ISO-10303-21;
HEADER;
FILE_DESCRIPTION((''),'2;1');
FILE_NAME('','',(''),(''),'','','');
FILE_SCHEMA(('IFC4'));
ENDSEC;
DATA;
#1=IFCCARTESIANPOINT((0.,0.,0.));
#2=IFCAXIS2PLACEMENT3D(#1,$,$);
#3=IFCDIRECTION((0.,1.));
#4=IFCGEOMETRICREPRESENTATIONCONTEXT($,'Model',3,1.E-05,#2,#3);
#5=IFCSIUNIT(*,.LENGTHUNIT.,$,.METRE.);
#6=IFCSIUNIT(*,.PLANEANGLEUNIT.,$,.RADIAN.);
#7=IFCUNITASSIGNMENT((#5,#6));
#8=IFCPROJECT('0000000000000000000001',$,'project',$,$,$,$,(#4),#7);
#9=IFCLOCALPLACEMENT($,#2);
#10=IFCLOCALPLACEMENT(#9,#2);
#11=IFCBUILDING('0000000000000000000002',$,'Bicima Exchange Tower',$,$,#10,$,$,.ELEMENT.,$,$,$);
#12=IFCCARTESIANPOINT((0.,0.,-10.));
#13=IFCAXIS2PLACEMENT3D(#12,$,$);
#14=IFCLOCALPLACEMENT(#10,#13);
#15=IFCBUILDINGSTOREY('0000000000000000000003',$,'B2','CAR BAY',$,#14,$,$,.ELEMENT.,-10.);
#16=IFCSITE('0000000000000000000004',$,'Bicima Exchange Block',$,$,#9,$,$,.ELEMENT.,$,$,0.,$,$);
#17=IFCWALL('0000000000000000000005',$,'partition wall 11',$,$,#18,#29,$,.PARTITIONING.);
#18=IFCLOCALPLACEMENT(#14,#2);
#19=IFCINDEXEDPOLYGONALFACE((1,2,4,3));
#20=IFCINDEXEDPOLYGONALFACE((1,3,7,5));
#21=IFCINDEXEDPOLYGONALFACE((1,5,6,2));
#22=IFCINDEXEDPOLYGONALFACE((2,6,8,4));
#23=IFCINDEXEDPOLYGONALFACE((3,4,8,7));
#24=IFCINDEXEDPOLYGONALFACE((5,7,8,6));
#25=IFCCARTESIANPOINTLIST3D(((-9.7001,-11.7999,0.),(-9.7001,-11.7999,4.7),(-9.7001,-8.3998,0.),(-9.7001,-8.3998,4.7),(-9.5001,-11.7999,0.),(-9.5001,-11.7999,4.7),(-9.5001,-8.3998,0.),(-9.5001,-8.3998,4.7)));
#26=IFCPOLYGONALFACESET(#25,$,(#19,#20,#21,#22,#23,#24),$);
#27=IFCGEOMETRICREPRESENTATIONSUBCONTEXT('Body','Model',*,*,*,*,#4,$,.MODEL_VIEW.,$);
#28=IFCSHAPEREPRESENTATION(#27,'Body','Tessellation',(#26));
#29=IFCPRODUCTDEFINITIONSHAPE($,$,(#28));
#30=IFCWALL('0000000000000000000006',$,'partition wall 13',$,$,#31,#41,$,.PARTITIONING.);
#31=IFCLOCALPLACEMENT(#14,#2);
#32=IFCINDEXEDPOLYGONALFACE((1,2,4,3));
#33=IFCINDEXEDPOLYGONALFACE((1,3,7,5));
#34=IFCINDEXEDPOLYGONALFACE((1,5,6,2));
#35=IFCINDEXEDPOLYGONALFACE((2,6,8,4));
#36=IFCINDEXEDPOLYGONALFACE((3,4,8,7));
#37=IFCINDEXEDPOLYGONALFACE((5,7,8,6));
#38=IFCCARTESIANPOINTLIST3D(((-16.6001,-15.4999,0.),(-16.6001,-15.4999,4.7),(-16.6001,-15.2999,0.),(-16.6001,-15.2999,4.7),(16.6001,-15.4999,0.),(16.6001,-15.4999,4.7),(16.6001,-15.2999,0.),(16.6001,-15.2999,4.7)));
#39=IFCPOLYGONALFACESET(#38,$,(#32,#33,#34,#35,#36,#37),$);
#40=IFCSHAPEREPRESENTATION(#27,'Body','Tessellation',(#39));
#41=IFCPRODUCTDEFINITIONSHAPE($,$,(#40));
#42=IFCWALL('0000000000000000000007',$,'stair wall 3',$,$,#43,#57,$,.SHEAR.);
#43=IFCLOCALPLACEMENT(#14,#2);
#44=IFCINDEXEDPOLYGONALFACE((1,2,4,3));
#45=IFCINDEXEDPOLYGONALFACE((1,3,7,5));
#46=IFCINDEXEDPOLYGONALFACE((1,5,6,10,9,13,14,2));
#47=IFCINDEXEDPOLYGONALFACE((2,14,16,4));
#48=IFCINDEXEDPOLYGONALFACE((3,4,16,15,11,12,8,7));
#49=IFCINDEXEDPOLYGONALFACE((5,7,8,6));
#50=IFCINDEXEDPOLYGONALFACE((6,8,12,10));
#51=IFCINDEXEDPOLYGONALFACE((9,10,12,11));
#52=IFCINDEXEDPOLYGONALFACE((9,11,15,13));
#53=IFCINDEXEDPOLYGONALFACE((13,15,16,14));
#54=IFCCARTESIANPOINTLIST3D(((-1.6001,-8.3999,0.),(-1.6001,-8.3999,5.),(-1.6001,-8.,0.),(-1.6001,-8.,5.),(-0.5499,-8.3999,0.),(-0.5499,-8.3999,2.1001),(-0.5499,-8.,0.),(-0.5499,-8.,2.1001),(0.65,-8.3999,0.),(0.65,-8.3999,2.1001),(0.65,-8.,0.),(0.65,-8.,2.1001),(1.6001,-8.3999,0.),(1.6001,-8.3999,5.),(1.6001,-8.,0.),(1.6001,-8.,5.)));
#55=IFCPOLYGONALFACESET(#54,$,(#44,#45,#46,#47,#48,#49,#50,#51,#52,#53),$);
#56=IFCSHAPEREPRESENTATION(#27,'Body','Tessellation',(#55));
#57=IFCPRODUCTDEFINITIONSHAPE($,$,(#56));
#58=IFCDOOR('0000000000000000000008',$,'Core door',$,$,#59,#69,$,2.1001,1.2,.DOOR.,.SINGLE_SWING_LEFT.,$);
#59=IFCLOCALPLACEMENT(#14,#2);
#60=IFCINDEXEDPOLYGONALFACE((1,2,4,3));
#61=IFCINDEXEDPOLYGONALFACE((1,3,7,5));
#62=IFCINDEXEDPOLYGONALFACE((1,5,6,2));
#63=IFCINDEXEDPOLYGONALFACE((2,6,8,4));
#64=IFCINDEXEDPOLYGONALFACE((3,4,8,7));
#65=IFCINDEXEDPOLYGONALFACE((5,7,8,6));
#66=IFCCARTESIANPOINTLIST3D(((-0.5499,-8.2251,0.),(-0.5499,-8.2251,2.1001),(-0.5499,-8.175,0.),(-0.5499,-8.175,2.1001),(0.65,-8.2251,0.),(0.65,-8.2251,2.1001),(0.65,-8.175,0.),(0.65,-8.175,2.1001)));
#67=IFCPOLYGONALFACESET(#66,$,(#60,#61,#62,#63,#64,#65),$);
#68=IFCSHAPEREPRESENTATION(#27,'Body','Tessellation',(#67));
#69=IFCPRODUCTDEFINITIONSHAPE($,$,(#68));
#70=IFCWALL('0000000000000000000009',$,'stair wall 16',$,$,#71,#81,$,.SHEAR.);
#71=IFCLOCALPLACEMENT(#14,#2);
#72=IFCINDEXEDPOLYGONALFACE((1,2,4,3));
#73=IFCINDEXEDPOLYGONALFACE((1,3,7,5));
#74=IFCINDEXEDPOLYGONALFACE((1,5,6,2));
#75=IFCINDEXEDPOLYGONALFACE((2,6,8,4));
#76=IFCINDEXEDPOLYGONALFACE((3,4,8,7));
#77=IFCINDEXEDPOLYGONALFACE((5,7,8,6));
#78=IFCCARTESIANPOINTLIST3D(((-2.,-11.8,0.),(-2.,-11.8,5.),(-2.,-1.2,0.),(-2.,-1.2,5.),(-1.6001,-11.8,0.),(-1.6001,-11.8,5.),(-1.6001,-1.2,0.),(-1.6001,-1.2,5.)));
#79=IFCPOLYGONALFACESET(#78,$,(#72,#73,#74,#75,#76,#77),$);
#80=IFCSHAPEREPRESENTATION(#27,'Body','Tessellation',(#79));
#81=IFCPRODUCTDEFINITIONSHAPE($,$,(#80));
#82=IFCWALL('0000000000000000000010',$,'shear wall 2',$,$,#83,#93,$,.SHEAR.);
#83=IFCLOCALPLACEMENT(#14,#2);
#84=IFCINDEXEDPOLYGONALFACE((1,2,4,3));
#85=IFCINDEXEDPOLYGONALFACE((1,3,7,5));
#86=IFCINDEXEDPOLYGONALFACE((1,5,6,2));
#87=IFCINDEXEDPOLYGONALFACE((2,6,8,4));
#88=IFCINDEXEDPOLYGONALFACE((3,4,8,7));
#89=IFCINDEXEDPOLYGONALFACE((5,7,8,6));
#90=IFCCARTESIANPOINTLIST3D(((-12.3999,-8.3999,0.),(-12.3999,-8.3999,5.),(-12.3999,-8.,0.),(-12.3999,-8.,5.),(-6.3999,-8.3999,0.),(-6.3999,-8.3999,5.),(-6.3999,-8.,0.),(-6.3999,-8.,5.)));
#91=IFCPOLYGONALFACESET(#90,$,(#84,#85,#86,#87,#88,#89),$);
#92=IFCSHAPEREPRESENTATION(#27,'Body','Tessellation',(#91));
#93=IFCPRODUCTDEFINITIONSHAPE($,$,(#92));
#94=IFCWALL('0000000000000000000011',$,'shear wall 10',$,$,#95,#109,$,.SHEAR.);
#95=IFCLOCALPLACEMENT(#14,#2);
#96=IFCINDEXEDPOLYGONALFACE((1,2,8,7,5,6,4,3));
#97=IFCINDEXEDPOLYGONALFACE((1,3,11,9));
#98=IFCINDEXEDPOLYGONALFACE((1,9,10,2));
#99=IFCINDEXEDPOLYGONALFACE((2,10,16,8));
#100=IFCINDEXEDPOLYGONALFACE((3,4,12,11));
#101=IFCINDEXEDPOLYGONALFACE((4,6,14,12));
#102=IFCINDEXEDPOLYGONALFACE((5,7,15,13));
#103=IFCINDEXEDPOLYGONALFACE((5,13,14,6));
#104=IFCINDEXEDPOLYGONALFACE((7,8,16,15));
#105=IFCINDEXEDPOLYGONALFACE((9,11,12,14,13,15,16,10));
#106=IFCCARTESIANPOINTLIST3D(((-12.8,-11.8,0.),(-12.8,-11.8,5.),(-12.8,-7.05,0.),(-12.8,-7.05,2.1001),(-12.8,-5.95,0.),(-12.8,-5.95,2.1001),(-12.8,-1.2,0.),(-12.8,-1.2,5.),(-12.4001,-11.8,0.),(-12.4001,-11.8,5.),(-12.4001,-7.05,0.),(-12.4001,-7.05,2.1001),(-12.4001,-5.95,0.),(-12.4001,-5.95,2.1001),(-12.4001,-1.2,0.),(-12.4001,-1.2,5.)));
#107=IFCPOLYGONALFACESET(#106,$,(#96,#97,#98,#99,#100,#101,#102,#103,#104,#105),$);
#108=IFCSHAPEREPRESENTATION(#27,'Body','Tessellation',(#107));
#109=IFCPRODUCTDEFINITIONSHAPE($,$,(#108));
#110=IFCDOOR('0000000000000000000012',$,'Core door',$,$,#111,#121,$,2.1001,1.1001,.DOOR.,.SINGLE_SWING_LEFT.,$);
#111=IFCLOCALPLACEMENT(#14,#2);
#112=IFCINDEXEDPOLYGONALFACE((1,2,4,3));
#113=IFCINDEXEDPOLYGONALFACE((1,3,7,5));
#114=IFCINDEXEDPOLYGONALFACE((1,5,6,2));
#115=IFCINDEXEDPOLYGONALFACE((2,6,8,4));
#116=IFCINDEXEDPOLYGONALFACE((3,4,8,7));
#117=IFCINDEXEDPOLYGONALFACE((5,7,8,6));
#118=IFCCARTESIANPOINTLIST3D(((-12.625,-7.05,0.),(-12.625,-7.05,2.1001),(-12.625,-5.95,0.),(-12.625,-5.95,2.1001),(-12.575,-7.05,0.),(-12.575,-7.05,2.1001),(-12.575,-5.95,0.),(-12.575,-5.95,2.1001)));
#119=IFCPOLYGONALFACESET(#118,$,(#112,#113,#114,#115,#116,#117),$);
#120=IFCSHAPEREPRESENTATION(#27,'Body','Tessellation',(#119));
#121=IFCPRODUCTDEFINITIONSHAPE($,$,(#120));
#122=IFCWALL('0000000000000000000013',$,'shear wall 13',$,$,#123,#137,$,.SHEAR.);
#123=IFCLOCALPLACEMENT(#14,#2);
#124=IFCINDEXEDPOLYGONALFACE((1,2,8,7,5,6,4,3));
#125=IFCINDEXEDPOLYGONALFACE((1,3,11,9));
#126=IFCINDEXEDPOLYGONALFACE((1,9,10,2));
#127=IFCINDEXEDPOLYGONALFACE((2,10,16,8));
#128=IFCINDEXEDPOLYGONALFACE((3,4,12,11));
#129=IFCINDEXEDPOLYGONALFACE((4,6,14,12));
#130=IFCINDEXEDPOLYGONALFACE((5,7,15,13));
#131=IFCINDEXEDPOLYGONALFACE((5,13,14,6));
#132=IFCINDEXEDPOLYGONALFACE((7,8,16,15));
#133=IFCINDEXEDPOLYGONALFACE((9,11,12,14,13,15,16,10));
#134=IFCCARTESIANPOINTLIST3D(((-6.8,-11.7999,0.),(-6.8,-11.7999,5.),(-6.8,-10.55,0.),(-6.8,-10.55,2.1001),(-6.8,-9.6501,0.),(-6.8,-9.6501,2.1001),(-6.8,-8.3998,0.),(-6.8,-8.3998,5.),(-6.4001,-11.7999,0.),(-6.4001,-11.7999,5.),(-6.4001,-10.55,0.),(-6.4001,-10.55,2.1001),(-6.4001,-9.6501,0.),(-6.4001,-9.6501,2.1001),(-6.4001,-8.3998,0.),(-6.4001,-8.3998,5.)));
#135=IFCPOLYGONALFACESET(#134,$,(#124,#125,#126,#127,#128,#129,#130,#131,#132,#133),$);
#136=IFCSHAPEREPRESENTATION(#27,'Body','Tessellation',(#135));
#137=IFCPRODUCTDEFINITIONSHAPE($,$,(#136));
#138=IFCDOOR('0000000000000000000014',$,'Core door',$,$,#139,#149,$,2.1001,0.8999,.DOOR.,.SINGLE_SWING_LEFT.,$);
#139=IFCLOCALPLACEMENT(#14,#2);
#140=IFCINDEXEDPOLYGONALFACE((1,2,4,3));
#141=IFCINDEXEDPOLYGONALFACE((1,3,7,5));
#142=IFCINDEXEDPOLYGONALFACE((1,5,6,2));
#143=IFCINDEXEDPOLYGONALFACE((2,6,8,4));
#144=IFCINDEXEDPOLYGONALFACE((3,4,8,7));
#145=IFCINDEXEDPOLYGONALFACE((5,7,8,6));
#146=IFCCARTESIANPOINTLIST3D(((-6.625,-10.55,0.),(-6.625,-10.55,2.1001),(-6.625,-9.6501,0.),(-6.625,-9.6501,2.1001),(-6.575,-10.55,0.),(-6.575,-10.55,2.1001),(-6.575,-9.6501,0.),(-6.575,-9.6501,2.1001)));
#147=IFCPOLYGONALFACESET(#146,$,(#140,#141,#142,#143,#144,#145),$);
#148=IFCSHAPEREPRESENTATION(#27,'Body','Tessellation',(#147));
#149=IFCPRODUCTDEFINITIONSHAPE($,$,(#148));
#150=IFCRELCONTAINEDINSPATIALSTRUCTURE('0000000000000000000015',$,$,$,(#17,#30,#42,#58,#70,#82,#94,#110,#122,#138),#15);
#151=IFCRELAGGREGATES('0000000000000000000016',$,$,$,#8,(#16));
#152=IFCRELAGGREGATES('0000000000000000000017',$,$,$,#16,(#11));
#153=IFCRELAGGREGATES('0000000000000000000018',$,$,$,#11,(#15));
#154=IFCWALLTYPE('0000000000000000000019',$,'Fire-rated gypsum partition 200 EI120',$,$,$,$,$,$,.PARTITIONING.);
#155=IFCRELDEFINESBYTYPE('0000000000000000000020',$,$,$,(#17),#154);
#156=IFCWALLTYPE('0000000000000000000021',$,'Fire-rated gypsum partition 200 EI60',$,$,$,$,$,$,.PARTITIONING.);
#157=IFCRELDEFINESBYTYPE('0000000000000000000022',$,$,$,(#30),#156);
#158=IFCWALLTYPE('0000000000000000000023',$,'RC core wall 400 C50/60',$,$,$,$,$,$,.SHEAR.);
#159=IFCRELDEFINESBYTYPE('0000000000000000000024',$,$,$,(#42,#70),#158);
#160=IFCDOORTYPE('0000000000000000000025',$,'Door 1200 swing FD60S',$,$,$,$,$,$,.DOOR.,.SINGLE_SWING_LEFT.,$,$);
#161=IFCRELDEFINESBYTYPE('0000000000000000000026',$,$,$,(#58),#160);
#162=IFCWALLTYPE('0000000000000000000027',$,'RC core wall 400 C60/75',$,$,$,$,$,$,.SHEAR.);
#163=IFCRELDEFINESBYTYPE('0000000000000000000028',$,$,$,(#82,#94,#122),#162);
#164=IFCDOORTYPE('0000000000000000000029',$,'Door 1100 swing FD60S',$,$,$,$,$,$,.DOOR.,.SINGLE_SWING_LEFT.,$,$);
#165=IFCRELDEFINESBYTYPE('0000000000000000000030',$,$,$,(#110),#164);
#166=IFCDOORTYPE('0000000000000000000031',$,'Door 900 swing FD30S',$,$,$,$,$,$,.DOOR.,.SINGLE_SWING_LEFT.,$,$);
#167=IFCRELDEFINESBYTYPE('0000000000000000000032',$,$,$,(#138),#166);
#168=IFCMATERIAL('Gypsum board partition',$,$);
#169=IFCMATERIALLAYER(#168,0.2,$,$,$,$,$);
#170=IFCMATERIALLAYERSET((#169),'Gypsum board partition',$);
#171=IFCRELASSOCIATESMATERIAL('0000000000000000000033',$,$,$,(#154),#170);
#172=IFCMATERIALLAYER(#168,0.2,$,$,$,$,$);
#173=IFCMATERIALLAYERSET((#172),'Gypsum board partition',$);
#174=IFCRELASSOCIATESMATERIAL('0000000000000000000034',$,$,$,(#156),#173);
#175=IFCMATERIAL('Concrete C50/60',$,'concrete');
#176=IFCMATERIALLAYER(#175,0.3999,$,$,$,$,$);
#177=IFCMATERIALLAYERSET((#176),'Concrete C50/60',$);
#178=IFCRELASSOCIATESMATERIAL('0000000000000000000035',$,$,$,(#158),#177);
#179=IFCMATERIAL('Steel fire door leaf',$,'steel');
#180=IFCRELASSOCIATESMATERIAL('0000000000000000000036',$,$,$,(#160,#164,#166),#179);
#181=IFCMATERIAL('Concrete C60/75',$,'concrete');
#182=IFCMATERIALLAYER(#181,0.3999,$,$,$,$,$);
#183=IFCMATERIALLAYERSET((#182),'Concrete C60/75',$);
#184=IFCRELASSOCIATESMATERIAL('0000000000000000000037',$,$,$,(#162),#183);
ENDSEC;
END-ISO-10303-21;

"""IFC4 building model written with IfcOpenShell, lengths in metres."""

from ifc_helpers import new_model, si_unit, direction, frame, frame_2d, origin, place, context, subcontext, project, spatial, rectangle, extrude, material, layer, layer_set, type_object, element, fill, save


model = new_model("IFC4")

# Units and contexts
model_context = context("Model", 3, precision=1e-05, world=origin(), true_north=direction((0.0, 1.0)))
body_context = subcontext(model_context, "Body", "Model", "MODEL_VIEW")
ifc_project = project(units=[si_unit("LENGTHUNIT", "METRE"), si_unit("PLANEANGLEUNIT", "RADIAN")], contexts=[model_context])

# Site, building, storey
site_placement = place(None, origin())
site = spatial("IfcSite", under=ifc_project, at=site_placement, Name="Bicima Exchange Block", CompositionType="ELEMENT", RefElevation=0.0)
building_placement = place(site_placement, origin())
building = spatial("IfcBuilding", under=site, at=building_placement, Name="Bicima Exchange Tower", CompositionType="ELEMENT")
storey_placement = place(building_placement, frame((0.0, 0.0, -10.0)))
storey = spatial("IfcBuildingStorey", under=building, at=storey_placement, Name="B2", Description="CAR BAY", CompositionType="ELEMENT", Elevation=-10.0)

# Walls
ifc_material_1 = material(Name="Gypsum board partition")
ifc_layer_1 = layer(ifc_material_1, 0.2)
ifc_layer_set_1 = layer_set([ifc_layer_1], Name="Gypsum board partition")
wall_type_1 = type_object("IfcWallType", Name="Fire-rated gypsum partition 200 EI120", PredefinedType="PARTITIONING", material=ifc_layer_set_1)
wall_1_placement = place(storey_placement, frame((-9.6001, -11.8, 0.0), z_axis=(0.0, 0.0, 1.0), x_axis=(0.0, 1.0, 0.0)))
element("IfcWall", 1, at=wall_1_placement, inside=storey, type_object=wall_type_1, Name="partition wall 11", PredefinedType="PARTITIONING", context=body_context, shape_type="SweptSolid", body=[
    extrude(rectangle(XDim=3.4001, YDim=0.2, at=frame_2d((1.7002, 0.0))), origin(), (0.0, 0.0, 1.0), 4.7),
])
ifc_layer_2 = layer(ifc_material_1, 0.2)
ifc_layer_set_2 = layer_set([ifc_layer_2], Name="Gypsum board partition")
wall_type_2 = type_object("IfcWallType", Name="Fire-rated gypsum partition 200 EI60", PredefinedType="PARTITIONING", material=ifc_layer_set_2)
wall_2_placement = place(storey_placement, frame((-16.6001, -15.3999, 0.0), z_axis=(0.0, 0.0, 1.0), x_axis=(1.0, 0.0, 0.0)))
element("IfcWall", 2, at=wall_2_placement, inside=storey, type_object=wall_type_2, Name="partition wall 13", PredefinedType="PARTITIONING", context=body_context, shape_type="SweptSolid", body=[
    extrude(rectangle(XDim=33.2002, YDim=0.2, at=frame_2d((16.6001, 0.0))), origin(), (0.0, 0.0, 1.0), 4.7),
])

# Wall, opening, door
ifc_material_2 = material(Name="Concrete C50/60", Category="concrete")
ifc_layer_3 = layer(ifc_material_2, 0.3999)
ifc_layer_set_3 = layer_set([ifc_layer_3], Name="Concrete C50/60")
wall_type_3 = type_object("IfcWallType", Name="RC core wall 400 C50/60", PredefinedType="SHEAR", material=ifc_layer_set_3)
wall_3_placement = place(storey_placement, frame((-1.6001, -8.2, 0.0), z_axis=(0.0, 0.0, 1.0), x_axis=(1.0, 0.0, 0.0)))
wall_3 = element("IfcWall", 3, at=wall_3_placement, inside=storey, type_object=wall_type_3, Name="stair wall 3", PredefinedType="SHEAR", context=body_context, shape_type="SweptSolid", body=[
    extrude(rectangle(XDim=3.2002, YDim=0.3999, at=frame_2d((1.6001, 0.0))), origin(), (0.0, 0.0, 1.0), 5.0),
])
opening_1_placement = place(wall_3_placement, frame((1.05, 0.0, 0.0)))
opening_1 = element("IfcOpeningElement", 4, at=opening_1_placement, cuts=wall_3, PredefinedType="OPENING", context=body_context, shape_type="SweptSolid", body=[
    extrude(rectangle(XDim=1.2, YDim=2.1001, at=frame_2d((0.6001, 1.05))), frame((0.0, 0.2119, 0.0), z_axis=(0.0, -1.0, 0.0), x_axis=(1.0, 0.0, 0.0)), (0.0, 0.0, 1.0), 0.4238),
])
ifc_material_3 = material(Name="Steel fire door leaf", Category="steel")
door_type_1 = type_object("IfcDoorType", Name="Door 1200 swing FD60S", OperationType="SINGLE_SWING_LEFT", PredefinedType="DOOR", material=ifc_material_3)
door_1_placement = place(opening_1_placement, origin())
door_1 = element("IfcDoor", 5, at=door_1_placement, inside=storey, type_object=door_type_1, Name="Core door", OperationType="SINGLE_SWING_LEFT", OverallHeight=2.1001, OverallWidth=1.2, PredefinedType="DOOR", context=body_context, shape_type="SweptSolid", body=[
    extrude(rectangle(XDim=1.2, YDim=2.1001, at=frame_2d((0.6001, 1.05))), frame((0.0, 0.0249, 0.0), z_axis=(0.0, -1.0, 0.0), x_axis=(1.0, 0.0, 0.0)), (0.0, 0.0, 1.0), 0.05),
])
fill(opening_1, door_1)

# Walls
wall_4_placement = place(storey_placement, frame((-1.8, -11.8, 0.0), z_axis=(0.0, 0.0, 1.0), x_axis=(0.0, 1.0, 0.0)))
element("IfcWall", 6, at=wall_4_placement, inside=storey, type_object=wall_type_3, Name="stair wall 16", PredefinedType="SHEAR", context=body_context, shape_type="SweptSolid", body=[
    extrude(rectangle(XDim=10.6001, YDim=0.3999, at=frame_2d((5.3, 0.0))), origin(), (0.0, 0.0, 1.0), 5.0),
])
ifc_material_4 = material(Name="Concrete C60/75", Category="concrete")
ifc_layer_4 = layer(ifc_material_4, 0.3999)
ifc_layer_set_4 = layer_set([ifc_layer_4], Name="Concrete C60/75")
wall_type_4 = type_object("IfcWallType", Name="RC core wall 400 C60/75", PredefinedType="SHEAR", material=ifc_layer_set_4)
wall_5_placement = place(storey_placement, frame((-12.3999, -8.2, 0.0), z_axis=(0.0, 0.0, 1.0), x_axis=(1.0, 0.0, 0.0)))
element("IfcWall", 7, at=wall_5_placement, inside=storey, type_object=wall_type_4, Name="shear wall 2", PredefinedType="SHEAR", context=body_context, shape_type="SweptSolid", body=[
    extrude(rectangle(XDim=6.0, YDim=0.3999, at=frame_2d((3.0, 0.0))), origin(), (0.0, 0.0, 1.0), 5.0),
])

# Walls, openings, doors
wall_6_placement = place(storey_placement, frame((-12.6001, -11.8, 0.0), z_axis=(0.0, 0.0, 1.0), x_axis=(0.0, 1.0, 0.0)))
wall_6 = element("IfcWall", 8, at=wall_6_placement, inside=storey, type_object=wall_type_4, Name="shear wall 10", PredefinedType="SHEAR", context=body_context, shape_type="SweptSolid", body=[
    extrude(rectangle(XDim=10.6001, YDim=0.3999, at=frame_2d((5.3, 0.0))), origin(), (0.0, 0.0, 1.0), 5.0),
])
opening_2_placement = place(wall_6_placement, frame((4.75, 0.0, 0.0)))
opening_2 = element("IfcOpeningElement", 9, at=opening_2_placement, cuts=wall_6, PredefinedType="OPENING", context=body_context, shape_type="SweptSolid", body=[
    extrude(rectangle(XDim=1.1001, YDim=2.1001, at=frame_2d((0.55, 1.05))), frame((0.0, 0.2119, 0.0), z_axis=(0.0, -1.0, 0.0), x_axis=(1.0, 0.0, 0.0)), (0.0, 0.0, 1.0), 0.4238),
])
door_type_2 = type_object("IfcDoorType", Name="Door 1100 swing FD60S", OperationType="SINGLE_SWING_LEFT", PredefinedType="DOOR", material=ifc_material_3)
door_2_placement = place(opening_2_placement, origin())
door_2 = element("IfcDoor", 10, at=door_2_placement, inside=storey, type_object=door_type_2, Name="Core door", OperationType="SINGLE_SWING_LEFT", OverallHeight=2.1001, OverallWidth=1.1001, PredefinedType="DOOR", context=body_context, shape_type="SweptSolid", body=[
    extrude(rectangle(XDim=1.1001, YDim=2.1001, at=frame_2d((0.55, 1.05))), frame((0.0, 0.0249, 0.0), z_axis=(0.0, -1.0, 0.0), x_axis=(1.0, 0.0, 0.0)), (0.0, 0.0, 1.0), 0.05),
])
fill(opening_2, door_2)
wall_7_placement = place(storey_placement, frame((-6.6001, -11.8, 0.0), z_axis=(0.0, 0.0, 1.0), x_axis=(0.0, 1.0, 0.0)))
wall_7 = element("IfcWall", 11, at=wall_7_placement, inside=storey, type_object=wall_type_4, Name="shear wall 13", PredefinedType="SHEAR", context=body_context, shape_type="SweptSolid", body=[
    extrude(rectangle(XDim=3.4001, YDim=0.3999, at=frame_2d((1.7002, 0.0))), origin(), (0.0, 0.0, 1.0), 5.0),
])
opening_3_placement = place(wall_7_placement, frame((1.25, 0.0, 0.0)))
opening_3 = element("IfcOpeningElement", 12, at=opening_3_placement, cuts=wall_7, PredefinedType="OPENING", context=body_context, shape_type="SweptSolid", body=[
    extrude(rectangle(XDim=0.8999, YDim=2.1001, at=frame_2d((0.45, 1.05))), frame((0.0, 0.2119, 0.0), z_axis=(0.0, -1.0, 0.0), x_axis=(1.0, 0.0, 0.0)), (0.0, 0.0, 1.0), 0.4238),
])
door_type_3 = type_object("IfcDoorType", Name="Door 900 swing FD30S", OperationType="SINGLE_SWING_LEFT", PredefinedType="DOOR", material=ifc_material_3)
door_3_placement = place(opening_3_placement, origin())
door_3 = element("IfcDoor", 13, at=door_3_placement, inside=storey, type_object=door_type_3, Name="Core door", OperationType="SINGLE_SWING_LEFT", OverallHeight=2.1001, OverallWidth=0.8999, PredefinedType="DOOR", context=body_context, shape_type="SweptSolid", body=[
    extrude(rectangle(XDim=0.8999, YDim=2.1001, at=frame_2d((0.45, 1.05))), frame((0.0, 0.0249, 0.0), z_axis=(0.0, -1.0, 0.0), x_axis=(1.0, 0.0, 0.0)), (0.0, 0.0, 1.0), 0.05),
])
fill(opening_3, door_3)

save(model, "model.ifc")
